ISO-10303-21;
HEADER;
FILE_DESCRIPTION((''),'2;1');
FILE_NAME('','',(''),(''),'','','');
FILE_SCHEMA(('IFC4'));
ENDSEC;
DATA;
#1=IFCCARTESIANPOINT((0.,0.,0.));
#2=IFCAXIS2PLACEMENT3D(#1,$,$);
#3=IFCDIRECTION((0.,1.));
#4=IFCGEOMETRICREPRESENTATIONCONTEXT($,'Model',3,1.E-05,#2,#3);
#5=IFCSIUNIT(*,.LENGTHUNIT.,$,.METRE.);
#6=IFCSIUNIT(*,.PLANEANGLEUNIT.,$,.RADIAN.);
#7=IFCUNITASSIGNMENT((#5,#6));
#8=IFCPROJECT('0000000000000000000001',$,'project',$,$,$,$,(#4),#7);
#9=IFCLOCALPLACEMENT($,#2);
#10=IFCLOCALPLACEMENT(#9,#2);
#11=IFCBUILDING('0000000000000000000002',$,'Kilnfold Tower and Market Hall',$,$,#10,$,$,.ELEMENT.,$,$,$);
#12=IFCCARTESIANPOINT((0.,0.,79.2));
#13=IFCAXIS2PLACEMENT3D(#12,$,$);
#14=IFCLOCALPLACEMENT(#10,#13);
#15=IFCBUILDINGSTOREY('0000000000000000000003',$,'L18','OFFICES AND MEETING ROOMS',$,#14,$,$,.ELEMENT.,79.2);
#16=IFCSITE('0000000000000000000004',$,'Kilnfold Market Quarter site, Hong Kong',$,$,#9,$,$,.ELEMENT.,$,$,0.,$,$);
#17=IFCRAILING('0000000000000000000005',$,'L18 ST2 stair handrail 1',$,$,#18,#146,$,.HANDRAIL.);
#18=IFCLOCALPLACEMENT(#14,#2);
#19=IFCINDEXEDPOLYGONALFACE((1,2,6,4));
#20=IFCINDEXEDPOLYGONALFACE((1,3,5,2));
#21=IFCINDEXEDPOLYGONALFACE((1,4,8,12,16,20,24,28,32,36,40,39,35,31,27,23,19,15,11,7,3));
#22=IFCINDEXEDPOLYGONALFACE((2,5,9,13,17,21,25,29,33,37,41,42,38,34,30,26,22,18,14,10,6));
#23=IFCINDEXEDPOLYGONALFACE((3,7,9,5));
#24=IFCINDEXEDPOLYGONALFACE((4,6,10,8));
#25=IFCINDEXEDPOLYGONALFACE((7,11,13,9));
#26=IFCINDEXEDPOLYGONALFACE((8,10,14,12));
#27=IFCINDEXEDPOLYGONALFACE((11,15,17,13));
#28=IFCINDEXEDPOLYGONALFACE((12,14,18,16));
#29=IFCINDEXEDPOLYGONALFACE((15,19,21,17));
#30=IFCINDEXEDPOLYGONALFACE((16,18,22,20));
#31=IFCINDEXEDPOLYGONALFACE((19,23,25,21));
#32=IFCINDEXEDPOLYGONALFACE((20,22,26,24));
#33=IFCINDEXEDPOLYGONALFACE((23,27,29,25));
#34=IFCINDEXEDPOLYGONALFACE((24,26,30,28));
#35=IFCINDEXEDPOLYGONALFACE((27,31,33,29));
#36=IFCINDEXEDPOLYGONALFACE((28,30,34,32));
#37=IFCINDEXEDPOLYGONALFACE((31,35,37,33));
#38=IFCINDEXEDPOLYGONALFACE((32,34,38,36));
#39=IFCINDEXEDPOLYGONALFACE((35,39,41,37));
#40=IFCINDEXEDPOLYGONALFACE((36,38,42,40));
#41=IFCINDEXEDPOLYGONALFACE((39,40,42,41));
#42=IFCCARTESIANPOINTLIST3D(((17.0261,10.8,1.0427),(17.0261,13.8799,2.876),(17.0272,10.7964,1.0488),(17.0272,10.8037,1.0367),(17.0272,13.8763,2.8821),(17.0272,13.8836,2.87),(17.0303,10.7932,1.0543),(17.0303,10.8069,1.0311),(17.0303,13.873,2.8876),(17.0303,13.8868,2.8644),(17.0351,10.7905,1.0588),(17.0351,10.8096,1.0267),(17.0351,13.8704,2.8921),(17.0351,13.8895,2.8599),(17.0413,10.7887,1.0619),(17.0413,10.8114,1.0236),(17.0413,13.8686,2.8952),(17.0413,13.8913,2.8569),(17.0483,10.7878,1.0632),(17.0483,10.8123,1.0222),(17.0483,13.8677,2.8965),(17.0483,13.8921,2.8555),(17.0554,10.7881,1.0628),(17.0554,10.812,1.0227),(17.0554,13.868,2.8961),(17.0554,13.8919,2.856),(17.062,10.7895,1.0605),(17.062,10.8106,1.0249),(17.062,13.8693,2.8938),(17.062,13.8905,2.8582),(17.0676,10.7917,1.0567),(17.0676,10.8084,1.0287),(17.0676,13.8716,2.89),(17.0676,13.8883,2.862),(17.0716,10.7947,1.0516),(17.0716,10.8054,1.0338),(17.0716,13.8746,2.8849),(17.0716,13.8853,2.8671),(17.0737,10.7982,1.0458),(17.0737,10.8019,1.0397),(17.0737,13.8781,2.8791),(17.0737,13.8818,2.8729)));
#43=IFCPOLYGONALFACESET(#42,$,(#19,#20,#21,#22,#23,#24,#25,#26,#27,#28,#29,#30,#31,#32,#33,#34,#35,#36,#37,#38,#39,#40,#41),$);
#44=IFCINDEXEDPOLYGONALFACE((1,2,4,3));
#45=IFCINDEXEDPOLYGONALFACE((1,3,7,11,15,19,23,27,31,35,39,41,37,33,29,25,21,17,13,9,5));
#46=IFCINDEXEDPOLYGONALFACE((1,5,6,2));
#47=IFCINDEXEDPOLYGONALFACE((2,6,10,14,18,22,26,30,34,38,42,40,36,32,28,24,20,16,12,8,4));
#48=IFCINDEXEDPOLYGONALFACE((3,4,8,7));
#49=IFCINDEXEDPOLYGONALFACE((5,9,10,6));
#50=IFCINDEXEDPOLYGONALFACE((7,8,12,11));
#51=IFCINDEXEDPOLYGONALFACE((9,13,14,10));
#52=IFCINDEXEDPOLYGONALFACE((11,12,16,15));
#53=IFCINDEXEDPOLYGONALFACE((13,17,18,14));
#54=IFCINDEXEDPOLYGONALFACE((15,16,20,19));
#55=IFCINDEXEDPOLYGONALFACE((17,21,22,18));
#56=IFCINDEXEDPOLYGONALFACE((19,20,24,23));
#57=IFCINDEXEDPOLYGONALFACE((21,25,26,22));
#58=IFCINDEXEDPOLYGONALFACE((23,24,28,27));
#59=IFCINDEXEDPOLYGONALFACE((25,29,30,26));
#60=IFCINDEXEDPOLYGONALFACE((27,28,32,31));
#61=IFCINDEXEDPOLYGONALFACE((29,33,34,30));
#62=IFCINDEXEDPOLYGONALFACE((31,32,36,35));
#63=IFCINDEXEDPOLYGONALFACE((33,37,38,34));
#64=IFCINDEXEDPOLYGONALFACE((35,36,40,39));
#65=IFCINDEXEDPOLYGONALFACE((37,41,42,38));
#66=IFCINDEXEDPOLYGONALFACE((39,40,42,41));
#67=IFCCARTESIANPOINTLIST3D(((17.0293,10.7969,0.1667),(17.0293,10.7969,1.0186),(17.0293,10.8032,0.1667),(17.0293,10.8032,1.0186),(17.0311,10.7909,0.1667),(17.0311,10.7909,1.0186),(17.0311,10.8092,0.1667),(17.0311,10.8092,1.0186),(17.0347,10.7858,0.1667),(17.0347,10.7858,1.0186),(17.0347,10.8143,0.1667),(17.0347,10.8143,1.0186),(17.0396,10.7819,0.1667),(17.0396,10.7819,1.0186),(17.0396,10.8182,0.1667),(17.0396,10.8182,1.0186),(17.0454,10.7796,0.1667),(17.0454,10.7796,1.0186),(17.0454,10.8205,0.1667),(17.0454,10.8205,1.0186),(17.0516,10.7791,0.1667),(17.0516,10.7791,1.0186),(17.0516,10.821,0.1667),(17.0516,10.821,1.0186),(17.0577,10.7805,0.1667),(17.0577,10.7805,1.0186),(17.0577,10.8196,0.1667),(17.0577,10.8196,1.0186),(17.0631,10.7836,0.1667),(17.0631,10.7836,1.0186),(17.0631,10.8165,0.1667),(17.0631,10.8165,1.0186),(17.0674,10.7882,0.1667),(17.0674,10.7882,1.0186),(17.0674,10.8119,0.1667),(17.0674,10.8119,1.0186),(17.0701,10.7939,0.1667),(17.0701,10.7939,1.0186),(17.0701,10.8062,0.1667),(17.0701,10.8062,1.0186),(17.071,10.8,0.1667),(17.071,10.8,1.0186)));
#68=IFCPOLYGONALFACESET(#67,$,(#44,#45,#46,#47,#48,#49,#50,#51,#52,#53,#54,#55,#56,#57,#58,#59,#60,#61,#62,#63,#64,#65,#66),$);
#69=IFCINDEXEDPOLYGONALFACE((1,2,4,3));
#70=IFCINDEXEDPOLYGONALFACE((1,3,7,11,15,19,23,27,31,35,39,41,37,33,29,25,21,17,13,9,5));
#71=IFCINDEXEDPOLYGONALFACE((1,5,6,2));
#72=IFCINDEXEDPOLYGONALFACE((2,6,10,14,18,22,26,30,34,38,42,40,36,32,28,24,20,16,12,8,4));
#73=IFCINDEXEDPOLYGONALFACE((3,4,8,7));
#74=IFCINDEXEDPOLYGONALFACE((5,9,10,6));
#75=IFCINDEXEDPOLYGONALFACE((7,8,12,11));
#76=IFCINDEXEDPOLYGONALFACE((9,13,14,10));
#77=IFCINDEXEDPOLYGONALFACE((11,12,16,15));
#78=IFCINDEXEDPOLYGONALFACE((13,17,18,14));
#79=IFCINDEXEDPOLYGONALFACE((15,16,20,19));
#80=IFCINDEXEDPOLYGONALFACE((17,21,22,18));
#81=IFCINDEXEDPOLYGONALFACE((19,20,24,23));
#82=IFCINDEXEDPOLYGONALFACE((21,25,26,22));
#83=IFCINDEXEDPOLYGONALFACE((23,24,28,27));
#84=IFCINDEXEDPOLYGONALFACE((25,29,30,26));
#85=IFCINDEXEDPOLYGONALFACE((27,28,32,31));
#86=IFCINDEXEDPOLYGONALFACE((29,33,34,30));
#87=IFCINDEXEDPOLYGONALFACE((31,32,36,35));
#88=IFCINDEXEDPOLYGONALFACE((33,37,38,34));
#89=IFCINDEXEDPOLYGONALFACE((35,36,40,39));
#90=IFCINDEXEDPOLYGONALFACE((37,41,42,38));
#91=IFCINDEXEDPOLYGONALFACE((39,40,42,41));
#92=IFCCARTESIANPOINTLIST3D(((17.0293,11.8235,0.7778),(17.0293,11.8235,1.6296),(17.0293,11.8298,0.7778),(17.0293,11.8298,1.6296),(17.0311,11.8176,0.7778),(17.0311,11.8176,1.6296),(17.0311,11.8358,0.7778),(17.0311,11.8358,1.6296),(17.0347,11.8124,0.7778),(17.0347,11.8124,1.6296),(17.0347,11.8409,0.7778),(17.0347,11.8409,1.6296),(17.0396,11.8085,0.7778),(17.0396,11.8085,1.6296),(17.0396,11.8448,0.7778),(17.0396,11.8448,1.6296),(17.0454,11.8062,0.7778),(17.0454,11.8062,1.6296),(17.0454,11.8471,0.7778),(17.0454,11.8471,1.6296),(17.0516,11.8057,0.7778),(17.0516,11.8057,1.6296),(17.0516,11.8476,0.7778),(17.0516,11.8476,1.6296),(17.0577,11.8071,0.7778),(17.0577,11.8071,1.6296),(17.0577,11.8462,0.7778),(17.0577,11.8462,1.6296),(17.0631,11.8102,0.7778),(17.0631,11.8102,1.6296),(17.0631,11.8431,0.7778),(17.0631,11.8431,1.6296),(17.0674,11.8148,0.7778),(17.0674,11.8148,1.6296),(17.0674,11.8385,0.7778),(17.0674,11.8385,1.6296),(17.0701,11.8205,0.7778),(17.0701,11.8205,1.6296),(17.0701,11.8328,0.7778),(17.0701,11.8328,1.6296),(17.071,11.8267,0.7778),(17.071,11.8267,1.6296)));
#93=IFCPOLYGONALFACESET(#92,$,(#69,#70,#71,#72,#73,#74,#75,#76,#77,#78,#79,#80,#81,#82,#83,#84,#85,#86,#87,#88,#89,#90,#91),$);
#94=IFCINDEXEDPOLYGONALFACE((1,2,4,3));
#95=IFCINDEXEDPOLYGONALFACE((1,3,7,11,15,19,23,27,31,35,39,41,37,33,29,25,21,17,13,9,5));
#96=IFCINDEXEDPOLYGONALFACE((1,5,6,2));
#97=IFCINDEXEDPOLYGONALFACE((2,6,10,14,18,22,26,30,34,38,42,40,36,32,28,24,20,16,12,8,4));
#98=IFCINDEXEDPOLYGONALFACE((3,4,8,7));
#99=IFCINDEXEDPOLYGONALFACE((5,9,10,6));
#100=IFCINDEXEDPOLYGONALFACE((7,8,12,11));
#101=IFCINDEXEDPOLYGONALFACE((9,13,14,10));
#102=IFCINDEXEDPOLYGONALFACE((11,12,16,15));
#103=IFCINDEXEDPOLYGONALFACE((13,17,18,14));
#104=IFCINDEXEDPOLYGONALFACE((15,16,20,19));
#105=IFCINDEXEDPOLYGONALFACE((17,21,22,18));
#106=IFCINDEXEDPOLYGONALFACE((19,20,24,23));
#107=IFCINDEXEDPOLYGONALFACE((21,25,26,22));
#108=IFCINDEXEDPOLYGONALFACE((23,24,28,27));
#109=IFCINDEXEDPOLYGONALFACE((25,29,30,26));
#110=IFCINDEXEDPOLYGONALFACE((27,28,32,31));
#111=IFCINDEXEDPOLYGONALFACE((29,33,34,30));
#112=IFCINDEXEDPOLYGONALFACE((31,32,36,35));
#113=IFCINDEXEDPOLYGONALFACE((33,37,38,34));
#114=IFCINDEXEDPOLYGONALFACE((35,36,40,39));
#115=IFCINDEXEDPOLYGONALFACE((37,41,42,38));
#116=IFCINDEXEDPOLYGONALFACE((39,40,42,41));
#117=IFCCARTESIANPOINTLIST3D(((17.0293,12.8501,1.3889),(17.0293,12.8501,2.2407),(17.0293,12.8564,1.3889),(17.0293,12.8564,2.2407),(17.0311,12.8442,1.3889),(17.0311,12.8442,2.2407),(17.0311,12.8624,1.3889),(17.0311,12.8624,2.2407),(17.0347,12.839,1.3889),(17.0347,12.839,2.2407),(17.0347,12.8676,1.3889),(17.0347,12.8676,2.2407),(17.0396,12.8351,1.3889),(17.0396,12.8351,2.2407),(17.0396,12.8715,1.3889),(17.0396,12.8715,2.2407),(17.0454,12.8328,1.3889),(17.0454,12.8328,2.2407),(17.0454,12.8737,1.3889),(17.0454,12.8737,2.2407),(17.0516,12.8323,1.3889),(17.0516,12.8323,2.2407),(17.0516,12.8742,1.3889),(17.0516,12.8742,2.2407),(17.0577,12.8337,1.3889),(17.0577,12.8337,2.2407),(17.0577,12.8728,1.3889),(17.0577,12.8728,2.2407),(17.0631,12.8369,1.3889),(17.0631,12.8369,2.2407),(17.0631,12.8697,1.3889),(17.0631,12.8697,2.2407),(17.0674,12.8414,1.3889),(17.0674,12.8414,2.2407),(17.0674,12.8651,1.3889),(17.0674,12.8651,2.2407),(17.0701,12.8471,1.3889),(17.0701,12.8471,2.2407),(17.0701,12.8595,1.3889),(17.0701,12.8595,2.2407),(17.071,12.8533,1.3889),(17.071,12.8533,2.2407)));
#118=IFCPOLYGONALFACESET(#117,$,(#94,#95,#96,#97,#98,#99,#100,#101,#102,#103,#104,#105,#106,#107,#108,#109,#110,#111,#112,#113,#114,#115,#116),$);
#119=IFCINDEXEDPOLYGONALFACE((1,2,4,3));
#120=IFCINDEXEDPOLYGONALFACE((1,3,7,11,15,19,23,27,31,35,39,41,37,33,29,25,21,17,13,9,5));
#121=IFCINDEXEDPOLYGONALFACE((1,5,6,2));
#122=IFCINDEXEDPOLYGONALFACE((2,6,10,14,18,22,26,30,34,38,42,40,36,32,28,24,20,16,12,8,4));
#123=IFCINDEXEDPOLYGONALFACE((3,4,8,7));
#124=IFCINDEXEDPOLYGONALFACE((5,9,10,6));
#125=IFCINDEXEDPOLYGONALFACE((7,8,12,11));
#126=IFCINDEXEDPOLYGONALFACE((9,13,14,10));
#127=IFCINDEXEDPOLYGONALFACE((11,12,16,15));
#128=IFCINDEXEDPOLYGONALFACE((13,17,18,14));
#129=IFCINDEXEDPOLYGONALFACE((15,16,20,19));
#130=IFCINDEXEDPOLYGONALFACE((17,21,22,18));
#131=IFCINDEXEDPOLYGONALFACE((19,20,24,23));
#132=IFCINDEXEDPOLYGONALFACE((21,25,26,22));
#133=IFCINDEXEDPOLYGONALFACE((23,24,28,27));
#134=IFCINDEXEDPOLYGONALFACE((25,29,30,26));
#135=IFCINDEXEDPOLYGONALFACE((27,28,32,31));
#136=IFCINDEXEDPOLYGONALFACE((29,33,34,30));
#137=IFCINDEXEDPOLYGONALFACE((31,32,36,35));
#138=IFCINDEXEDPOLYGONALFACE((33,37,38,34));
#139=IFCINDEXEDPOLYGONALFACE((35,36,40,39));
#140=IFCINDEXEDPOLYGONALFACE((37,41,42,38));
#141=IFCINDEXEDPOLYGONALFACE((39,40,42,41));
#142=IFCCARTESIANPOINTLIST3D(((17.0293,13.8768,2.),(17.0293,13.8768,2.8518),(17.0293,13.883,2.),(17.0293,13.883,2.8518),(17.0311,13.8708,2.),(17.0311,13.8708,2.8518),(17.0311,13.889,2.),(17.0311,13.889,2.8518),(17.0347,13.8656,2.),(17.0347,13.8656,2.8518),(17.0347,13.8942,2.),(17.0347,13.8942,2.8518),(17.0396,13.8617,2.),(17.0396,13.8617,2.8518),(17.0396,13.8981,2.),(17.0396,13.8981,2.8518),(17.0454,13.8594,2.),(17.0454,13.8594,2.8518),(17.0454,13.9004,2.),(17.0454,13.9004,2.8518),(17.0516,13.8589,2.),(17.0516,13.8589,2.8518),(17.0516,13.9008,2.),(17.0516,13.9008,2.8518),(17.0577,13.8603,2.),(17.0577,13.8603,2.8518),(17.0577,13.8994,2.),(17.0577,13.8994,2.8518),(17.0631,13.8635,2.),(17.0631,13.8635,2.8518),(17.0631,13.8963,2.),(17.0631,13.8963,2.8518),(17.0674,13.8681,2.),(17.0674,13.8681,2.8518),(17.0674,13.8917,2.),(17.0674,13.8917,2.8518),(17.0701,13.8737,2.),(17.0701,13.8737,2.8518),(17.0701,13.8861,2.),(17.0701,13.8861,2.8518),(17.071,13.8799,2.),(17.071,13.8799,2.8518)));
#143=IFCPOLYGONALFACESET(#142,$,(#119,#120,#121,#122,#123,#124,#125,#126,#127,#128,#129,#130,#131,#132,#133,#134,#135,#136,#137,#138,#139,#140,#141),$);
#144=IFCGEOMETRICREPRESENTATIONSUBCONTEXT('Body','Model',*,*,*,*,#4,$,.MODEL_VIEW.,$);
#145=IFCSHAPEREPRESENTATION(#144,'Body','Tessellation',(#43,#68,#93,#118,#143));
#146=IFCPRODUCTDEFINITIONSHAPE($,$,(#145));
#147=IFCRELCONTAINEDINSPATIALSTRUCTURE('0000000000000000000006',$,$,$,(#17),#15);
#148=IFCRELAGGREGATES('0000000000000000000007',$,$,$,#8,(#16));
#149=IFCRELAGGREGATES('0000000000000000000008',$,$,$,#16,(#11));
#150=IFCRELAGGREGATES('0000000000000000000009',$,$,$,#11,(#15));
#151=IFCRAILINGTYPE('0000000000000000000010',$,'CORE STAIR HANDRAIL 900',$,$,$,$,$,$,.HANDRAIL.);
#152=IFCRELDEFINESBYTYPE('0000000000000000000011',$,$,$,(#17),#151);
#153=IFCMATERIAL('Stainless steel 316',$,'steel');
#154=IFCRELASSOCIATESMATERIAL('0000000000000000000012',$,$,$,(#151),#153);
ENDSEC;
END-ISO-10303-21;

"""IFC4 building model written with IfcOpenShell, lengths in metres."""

from ifc_helpers import new_model, si_unit, direction, frame, origin, origin_2d, place, context, subcontext, project, spatial, circle, extrude, material, type_object, element, save


model = new_model("IFC4")

# Units and contexts
model_context = context("Model", 3, precision=1e-05, world=origin(), true_north=direction((0.0, 1.0)))
body_context = subcontext(model_context, "Body", "Model", "MODEL_VIEW")
ifc_project = project(units=[si_unit("LENGTHUNIT", "METRE"), si_unit("PLANEANGLEUNIT", "RADIAN")], contexts=[model_context])

# Site, building, storey
site_placement = place(None, origin())
site = spatial("IfcSite", under=ifc_project, at=site_placement, Name="Kilnfold Market Quarter site, Hong Kong", CompositionType="ELEMENT", RefElevation=0.0)
building_placement = place(site_placement, origin())
building = spatial("IfcBuilding", under=site, at=building_placement, Name="Kilnfold Tower and Market Hall", CompositionType="ELEMENT")
storey_placement = place(building_placement, frame((0.0, 0.0, 79.2)))
storey = spatial("IfcBuildingStorey", under=building, at=storey_placement, Name="L18", Description="OFFICES AND MEETING ROOMS", CompositionType="ELEMENT", Elevation=79.2)

# Railing
ifc_material_1 = material(Name="Stainless steel 316", Category="steel")
railing_type_1 = type_object("IfcRailingType", Name="CORE STAIR HANDRAIL 900", PredefinedType="HANDRAIL", material=ifc_material_1)
railing_1_placement = place(storey_placement, frame((17.05, 10.8, 0.1667)))
element("IfcRailing", 1, at=railing_1_placement, inside=storey, type_object=railing_type_1, Name="L18 ST2 stair handrail 1", PredefinedType="HANDRAIL", context=body_context, shape_type="SweptSolid", body=[
    extrude(circle(Radius=0.0239, at=origin_2d()), frame((0.0, 0.0, 0.876), z_axis=(0.0, 0.859291, 0.511487), x_axis=(-1.0, 0.0, 0.0)), (0.0, 0.0, 1.0), 3.5842),
    extrude(circle(Radius=0.021, at=origin_2d()), origin(), (0.0, 0.0, 1.0), 0.8518),
    extrude(circle(Radius=0.021, at=origin_2d()), frame((0.0, 1.0266, 0.6111)), (0.0, 0.0, 1.0), 0.8518),
    extrude(circle(Radius=0.021, at=origin_2d()), frame((0.0, 2.0532, 1.2222)), (0.0, 0.0, 1.0), 0.8518),
    extrude(circle(Radius=0.021, at=origin_2d()), frame((0.0, 3.0798, 1.8333)), (0.0, 0.0, 1.0), 0.8518),
])

save(model, "model.ifc")
